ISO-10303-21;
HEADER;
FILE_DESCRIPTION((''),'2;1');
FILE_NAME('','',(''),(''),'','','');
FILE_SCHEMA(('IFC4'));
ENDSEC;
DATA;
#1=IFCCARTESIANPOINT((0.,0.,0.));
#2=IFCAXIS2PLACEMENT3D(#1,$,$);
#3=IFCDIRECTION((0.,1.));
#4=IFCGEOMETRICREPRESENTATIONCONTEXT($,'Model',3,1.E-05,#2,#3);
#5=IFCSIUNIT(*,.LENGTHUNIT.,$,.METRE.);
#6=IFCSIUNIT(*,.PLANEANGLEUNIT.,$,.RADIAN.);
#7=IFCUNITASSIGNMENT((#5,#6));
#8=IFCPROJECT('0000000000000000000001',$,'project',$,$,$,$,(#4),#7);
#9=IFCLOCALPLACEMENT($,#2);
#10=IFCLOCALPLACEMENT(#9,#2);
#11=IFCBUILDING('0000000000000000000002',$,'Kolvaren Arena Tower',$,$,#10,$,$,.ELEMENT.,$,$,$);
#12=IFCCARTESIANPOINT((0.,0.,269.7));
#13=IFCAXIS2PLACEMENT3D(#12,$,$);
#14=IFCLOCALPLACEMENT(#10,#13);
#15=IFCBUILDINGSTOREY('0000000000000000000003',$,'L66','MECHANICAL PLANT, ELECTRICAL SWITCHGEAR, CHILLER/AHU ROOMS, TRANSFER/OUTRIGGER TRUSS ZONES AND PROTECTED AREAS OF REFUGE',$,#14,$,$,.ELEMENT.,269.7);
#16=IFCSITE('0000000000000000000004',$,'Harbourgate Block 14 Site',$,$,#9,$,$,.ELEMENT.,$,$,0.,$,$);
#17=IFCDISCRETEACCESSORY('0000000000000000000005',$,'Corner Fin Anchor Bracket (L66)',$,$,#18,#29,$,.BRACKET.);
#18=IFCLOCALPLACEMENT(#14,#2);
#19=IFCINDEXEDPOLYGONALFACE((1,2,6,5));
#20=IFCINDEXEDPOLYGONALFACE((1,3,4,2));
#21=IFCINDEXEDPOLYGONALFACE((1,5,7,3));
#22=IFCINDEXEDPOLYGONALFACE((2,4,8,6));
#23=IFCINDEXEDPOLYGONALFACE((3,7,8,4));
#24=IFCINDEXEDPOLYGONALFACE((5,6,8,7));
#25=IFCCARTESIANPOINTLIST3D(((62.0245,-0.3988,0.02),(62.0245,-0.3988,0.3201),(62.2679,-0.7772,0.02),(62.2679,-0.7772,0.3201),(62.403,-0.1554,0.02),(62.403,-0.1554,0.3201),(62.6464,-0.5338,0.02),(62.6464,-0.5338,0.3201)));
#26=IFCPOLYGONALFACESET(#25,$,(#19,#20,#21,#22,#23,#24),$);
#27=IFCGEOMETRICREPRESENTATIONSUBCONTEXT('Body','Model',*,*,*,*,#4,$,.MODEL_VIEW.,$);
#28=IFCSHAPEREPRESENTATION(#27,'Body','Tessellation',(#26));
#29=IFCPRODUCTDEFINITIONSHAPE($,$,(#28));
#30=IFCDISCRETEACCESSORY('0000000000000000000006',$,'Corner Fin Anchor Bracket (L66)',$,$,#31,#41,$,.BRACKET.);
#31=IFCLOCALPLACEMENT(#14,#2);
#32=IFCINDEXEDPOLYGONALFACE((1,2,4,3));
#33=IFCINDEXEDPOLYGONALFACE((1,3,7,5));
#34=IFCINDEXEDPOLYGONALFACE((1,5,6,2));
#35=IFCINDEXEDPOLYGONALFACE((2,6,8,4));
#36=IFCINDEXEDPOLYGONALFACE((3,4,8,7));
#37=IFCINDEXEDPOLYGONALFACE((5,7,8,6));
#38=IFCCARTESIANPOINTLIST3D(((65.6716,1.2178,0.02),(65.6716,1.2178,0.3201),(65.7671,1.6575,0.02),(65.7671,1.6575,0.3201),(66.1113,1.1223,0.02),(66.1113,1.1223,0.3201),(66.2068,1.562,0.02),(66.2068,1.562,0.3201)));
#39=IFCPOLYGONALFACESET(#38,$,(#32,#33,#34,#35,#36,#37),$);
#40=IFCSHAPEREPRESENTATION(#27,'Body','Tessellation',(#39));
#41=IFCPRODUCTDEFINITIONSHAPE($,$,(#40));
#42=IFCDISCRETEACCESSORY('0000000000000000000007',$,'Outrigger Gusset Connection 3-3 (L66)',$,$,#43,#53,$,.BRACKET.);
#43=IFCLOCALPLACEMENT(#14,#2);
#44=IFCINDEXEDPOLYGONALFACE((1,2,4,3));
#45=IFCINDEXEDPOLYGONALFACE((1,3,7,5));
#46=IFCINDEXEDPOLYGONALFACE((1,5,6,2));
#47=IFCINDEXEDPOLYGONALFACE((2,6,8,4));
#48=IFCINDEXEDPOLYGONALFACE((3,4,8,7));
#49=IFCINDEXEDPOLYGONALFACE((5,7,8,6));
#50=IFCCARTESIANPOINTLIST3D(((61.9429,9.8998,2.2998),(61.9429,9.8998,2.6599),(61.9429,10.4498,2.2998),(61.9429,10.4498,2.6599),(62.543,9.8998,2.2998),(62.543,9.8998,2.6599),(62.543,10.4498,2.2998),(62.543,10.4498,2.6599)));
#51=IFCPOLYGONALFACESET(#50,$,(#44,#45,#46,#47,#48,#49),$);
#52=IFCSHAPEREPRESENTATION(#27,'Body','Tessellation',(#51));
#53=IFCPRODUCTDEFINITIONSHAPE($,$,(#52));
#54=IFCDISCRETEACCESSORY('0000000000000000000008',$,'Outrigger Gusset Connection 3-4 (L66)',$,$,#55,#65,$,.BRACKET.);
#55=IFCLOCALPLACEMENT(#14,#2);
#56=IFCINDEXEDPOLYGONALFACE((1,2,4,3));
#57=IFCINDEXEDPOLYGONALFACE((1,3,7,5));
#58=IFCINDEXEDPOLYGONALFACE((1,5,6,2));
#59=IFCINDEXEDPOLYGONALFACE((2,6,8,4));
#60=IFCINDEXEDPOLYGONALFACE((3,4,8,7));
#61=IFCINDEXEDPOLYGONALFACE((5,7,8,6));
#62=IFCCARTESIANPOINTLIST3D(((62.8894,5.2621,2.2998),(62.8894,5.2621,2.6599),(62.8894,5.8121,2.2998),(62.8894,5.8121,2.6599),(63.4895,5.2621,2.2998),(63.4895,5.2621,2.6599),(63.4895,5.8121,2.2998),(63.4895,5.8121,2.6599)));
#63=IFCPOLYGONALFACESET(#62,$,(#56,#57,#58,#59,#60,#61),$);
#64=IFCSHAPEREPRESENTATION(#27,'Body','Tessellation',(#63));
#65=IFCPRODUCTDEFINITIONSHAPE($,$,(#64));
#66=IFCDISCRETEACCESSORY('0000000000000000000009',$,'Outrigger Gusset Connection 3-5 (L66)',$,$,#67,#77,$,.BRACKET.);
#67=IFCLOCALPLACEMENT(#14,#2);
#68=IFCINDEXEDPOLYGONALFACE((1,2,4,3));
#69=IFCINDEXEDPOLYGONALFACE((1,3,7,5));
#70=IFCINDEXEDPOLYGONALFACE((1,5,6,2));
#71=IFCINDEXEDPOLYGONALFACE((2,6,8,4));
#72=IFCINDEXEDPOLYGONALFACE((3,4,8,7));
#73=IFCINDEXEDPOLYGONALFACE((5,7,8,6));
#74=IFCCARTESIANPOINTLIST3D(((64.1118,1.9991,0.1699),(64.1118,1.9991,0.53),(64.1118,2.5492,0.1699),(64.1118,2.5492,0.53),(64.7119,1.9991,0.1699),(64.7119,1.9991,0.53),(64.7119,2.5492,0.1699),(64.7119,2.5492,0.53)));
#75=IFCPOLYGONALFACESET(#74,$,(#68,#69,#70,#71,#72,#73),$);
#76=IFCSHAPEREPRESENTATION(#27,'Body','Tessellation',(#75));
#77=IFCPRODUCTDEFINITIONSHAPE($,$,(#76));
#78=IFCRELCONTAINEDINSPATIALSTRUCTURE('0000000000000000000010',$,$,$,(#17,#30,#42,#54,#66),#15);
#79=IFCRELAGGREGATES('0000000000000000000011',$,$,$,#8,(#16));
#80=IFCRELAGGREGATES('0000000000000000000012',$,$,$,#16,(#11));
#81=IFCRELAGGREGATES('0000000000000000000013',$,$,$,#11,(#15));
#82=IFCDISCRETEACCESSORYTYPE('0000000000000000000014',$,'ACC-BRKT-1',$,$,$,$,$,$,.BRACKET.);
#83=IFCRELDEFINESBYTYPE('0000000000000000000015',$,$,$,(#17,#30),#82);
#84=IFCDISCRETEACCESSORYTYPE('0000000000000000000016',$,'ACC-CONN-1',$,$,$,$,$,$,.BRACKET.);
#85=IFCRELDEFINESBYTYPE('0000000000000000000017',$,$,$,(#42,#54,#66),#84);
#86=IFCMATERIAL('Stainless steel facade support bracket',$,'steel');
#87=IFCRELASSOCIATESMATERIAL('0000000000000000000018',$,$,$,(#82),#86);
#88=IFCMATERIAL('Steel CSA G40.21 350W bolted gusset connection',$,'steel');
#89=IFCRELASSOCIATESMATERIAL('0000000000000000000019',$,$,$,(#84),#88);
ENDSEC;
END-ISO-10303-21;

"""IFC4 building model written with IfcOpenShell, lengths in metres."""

from ifc_helpers import new_model, si_unit, direction, frame, origin, origin_2d, place, context, subcontext, project, spatial, rectangle, extrude, material, type_object, element, save


model = new_model("IFC4")

# Units and contexts
model_context = context("Model", 3, precision=1e-05, world=origin(), true_north=direction((0.0, 1.0)))
body_context = subcontext(model_context, "Body", "Model", "MODEL_VIEW")
ifc_project = project(units=[si_unit("LENGTHUNIT", "METRE"), si_unit("PLANEANGLEUNIT", "RADIAN")], contexts=[model_context])

# Site, building, storey
site_placement = place(None, origin())
site = spatial("IfcSite", under=ifc_project, at=site_placement, Name="Harbourgate Block 14 Site", CompositionType="ELEMENT", RefElevation=0.0)
building_placement = place(site_placement, origin())
building = spatial("IfcBuilding", under=site, at=building_placement, Name="Kolvaren Arena Tower", CompositionType="ELEMENT")
storey_placement = place(building_placement, frame((0.0, 0.0, 269.7)))
storey = spatial("IfcBuildingStorey", under=building, at=storey_placement, Name="L66", Description="MECHANICAL PLANT, ELECTRICAL SWITCHGEAR, CHILLER/AHU ROOMS, TRANSFER/OUTRIGGER TRUSS ZONES AND PROTECTED AREAS OF REFUGE", CompositionType="ELEMENT", Elevation=269.7)

# Discrete accessories
ifc_material_1 = material(Name="Stainless steel facade support bracket", Category="steel")
discrete_accessory_type_1 = type_object("IfcDiscreteAccessoryType", Name="ACC-BRKT-1", PredefinedType="BRACKET", material=ifc_material_1)
for number, where, z_axis, x_axis, name in (
    (1, (62.3354, -0.4663, 0.02), (0.0, 0.0, 1.0), (0.540982, -0.841034, 0.0), "Corner Fin Anchor Bracket (L66)"),
    (2, (65.9392, 1.3899, 0.02), (0.0, 0.0, 1.0), (0.977234, -0.212162, 0.0), "Corner Fin Anchor Bracket (L66)"),
):
    element("IfcDiscreteAccessory", number, at=place(storey_placement, frame(where, z_axis=z_axis, x_axis=x_axis)), inside=storey, type_object=discrete_accessory_type_1, Name=name, PredefinedType="BRACKET", context=body_context, shape_type="SweptSolid", body=[
        extrude(rectangle(XDim=0.45, YDim=0.45, at=origin_2d()), origin(), (0.0, 0.0, 1.0), 0.3),
    ])
ifc_material_2 = material(Name="Steel CSA G40.21 350W bolted gusset connection", Category="steel")
discrete_accessory_type_2 = type_object("IfcDiscreteAccessoryType", Name="ACC-CONN-1", PredefinedType="BRACKET", material=ifc_material_2)
for number, where, z_axis, x_axis, name in (
    (3, (62.2429, 10.1748, 2.2998), (0.0, 0.0, 1.0), (1.0, 0.0, 0.0), "Outrigger Gusset Connection 3-3 (L66)"),
    (4, (63.1895, 5.5371, 2.2998), (0.0, 0.0, 1.0), (1.0, 0.0, 0.0), "Outrigger Gusset Connection 3-4 (L66)"),
    (5, (64.4119, 2.2742, 0.1699), (0.0, 0.0, 1.0), (1.0, 0.0, 0.0), "Outrigger Gusset Connection 3-5 (L66)"),
):
    element("IfcDiscreteAccessory", number, at=place(storey_placement, frame(where, z_axis=z_axis, x_axis=x_axis)), inside=storey, type_object=discrete_accessory_type_2, Name=name, PredefinedType="BRACKET", context=body_context, shape_type="SweptSolid", body=[
        extrude(rectangle(XDim=0.6001, YDim=0.55, at=origin_2d()), origin(), (0.0, 0.0, 1.0), 0.3601),
    ])

save(model, "model.ifc")
